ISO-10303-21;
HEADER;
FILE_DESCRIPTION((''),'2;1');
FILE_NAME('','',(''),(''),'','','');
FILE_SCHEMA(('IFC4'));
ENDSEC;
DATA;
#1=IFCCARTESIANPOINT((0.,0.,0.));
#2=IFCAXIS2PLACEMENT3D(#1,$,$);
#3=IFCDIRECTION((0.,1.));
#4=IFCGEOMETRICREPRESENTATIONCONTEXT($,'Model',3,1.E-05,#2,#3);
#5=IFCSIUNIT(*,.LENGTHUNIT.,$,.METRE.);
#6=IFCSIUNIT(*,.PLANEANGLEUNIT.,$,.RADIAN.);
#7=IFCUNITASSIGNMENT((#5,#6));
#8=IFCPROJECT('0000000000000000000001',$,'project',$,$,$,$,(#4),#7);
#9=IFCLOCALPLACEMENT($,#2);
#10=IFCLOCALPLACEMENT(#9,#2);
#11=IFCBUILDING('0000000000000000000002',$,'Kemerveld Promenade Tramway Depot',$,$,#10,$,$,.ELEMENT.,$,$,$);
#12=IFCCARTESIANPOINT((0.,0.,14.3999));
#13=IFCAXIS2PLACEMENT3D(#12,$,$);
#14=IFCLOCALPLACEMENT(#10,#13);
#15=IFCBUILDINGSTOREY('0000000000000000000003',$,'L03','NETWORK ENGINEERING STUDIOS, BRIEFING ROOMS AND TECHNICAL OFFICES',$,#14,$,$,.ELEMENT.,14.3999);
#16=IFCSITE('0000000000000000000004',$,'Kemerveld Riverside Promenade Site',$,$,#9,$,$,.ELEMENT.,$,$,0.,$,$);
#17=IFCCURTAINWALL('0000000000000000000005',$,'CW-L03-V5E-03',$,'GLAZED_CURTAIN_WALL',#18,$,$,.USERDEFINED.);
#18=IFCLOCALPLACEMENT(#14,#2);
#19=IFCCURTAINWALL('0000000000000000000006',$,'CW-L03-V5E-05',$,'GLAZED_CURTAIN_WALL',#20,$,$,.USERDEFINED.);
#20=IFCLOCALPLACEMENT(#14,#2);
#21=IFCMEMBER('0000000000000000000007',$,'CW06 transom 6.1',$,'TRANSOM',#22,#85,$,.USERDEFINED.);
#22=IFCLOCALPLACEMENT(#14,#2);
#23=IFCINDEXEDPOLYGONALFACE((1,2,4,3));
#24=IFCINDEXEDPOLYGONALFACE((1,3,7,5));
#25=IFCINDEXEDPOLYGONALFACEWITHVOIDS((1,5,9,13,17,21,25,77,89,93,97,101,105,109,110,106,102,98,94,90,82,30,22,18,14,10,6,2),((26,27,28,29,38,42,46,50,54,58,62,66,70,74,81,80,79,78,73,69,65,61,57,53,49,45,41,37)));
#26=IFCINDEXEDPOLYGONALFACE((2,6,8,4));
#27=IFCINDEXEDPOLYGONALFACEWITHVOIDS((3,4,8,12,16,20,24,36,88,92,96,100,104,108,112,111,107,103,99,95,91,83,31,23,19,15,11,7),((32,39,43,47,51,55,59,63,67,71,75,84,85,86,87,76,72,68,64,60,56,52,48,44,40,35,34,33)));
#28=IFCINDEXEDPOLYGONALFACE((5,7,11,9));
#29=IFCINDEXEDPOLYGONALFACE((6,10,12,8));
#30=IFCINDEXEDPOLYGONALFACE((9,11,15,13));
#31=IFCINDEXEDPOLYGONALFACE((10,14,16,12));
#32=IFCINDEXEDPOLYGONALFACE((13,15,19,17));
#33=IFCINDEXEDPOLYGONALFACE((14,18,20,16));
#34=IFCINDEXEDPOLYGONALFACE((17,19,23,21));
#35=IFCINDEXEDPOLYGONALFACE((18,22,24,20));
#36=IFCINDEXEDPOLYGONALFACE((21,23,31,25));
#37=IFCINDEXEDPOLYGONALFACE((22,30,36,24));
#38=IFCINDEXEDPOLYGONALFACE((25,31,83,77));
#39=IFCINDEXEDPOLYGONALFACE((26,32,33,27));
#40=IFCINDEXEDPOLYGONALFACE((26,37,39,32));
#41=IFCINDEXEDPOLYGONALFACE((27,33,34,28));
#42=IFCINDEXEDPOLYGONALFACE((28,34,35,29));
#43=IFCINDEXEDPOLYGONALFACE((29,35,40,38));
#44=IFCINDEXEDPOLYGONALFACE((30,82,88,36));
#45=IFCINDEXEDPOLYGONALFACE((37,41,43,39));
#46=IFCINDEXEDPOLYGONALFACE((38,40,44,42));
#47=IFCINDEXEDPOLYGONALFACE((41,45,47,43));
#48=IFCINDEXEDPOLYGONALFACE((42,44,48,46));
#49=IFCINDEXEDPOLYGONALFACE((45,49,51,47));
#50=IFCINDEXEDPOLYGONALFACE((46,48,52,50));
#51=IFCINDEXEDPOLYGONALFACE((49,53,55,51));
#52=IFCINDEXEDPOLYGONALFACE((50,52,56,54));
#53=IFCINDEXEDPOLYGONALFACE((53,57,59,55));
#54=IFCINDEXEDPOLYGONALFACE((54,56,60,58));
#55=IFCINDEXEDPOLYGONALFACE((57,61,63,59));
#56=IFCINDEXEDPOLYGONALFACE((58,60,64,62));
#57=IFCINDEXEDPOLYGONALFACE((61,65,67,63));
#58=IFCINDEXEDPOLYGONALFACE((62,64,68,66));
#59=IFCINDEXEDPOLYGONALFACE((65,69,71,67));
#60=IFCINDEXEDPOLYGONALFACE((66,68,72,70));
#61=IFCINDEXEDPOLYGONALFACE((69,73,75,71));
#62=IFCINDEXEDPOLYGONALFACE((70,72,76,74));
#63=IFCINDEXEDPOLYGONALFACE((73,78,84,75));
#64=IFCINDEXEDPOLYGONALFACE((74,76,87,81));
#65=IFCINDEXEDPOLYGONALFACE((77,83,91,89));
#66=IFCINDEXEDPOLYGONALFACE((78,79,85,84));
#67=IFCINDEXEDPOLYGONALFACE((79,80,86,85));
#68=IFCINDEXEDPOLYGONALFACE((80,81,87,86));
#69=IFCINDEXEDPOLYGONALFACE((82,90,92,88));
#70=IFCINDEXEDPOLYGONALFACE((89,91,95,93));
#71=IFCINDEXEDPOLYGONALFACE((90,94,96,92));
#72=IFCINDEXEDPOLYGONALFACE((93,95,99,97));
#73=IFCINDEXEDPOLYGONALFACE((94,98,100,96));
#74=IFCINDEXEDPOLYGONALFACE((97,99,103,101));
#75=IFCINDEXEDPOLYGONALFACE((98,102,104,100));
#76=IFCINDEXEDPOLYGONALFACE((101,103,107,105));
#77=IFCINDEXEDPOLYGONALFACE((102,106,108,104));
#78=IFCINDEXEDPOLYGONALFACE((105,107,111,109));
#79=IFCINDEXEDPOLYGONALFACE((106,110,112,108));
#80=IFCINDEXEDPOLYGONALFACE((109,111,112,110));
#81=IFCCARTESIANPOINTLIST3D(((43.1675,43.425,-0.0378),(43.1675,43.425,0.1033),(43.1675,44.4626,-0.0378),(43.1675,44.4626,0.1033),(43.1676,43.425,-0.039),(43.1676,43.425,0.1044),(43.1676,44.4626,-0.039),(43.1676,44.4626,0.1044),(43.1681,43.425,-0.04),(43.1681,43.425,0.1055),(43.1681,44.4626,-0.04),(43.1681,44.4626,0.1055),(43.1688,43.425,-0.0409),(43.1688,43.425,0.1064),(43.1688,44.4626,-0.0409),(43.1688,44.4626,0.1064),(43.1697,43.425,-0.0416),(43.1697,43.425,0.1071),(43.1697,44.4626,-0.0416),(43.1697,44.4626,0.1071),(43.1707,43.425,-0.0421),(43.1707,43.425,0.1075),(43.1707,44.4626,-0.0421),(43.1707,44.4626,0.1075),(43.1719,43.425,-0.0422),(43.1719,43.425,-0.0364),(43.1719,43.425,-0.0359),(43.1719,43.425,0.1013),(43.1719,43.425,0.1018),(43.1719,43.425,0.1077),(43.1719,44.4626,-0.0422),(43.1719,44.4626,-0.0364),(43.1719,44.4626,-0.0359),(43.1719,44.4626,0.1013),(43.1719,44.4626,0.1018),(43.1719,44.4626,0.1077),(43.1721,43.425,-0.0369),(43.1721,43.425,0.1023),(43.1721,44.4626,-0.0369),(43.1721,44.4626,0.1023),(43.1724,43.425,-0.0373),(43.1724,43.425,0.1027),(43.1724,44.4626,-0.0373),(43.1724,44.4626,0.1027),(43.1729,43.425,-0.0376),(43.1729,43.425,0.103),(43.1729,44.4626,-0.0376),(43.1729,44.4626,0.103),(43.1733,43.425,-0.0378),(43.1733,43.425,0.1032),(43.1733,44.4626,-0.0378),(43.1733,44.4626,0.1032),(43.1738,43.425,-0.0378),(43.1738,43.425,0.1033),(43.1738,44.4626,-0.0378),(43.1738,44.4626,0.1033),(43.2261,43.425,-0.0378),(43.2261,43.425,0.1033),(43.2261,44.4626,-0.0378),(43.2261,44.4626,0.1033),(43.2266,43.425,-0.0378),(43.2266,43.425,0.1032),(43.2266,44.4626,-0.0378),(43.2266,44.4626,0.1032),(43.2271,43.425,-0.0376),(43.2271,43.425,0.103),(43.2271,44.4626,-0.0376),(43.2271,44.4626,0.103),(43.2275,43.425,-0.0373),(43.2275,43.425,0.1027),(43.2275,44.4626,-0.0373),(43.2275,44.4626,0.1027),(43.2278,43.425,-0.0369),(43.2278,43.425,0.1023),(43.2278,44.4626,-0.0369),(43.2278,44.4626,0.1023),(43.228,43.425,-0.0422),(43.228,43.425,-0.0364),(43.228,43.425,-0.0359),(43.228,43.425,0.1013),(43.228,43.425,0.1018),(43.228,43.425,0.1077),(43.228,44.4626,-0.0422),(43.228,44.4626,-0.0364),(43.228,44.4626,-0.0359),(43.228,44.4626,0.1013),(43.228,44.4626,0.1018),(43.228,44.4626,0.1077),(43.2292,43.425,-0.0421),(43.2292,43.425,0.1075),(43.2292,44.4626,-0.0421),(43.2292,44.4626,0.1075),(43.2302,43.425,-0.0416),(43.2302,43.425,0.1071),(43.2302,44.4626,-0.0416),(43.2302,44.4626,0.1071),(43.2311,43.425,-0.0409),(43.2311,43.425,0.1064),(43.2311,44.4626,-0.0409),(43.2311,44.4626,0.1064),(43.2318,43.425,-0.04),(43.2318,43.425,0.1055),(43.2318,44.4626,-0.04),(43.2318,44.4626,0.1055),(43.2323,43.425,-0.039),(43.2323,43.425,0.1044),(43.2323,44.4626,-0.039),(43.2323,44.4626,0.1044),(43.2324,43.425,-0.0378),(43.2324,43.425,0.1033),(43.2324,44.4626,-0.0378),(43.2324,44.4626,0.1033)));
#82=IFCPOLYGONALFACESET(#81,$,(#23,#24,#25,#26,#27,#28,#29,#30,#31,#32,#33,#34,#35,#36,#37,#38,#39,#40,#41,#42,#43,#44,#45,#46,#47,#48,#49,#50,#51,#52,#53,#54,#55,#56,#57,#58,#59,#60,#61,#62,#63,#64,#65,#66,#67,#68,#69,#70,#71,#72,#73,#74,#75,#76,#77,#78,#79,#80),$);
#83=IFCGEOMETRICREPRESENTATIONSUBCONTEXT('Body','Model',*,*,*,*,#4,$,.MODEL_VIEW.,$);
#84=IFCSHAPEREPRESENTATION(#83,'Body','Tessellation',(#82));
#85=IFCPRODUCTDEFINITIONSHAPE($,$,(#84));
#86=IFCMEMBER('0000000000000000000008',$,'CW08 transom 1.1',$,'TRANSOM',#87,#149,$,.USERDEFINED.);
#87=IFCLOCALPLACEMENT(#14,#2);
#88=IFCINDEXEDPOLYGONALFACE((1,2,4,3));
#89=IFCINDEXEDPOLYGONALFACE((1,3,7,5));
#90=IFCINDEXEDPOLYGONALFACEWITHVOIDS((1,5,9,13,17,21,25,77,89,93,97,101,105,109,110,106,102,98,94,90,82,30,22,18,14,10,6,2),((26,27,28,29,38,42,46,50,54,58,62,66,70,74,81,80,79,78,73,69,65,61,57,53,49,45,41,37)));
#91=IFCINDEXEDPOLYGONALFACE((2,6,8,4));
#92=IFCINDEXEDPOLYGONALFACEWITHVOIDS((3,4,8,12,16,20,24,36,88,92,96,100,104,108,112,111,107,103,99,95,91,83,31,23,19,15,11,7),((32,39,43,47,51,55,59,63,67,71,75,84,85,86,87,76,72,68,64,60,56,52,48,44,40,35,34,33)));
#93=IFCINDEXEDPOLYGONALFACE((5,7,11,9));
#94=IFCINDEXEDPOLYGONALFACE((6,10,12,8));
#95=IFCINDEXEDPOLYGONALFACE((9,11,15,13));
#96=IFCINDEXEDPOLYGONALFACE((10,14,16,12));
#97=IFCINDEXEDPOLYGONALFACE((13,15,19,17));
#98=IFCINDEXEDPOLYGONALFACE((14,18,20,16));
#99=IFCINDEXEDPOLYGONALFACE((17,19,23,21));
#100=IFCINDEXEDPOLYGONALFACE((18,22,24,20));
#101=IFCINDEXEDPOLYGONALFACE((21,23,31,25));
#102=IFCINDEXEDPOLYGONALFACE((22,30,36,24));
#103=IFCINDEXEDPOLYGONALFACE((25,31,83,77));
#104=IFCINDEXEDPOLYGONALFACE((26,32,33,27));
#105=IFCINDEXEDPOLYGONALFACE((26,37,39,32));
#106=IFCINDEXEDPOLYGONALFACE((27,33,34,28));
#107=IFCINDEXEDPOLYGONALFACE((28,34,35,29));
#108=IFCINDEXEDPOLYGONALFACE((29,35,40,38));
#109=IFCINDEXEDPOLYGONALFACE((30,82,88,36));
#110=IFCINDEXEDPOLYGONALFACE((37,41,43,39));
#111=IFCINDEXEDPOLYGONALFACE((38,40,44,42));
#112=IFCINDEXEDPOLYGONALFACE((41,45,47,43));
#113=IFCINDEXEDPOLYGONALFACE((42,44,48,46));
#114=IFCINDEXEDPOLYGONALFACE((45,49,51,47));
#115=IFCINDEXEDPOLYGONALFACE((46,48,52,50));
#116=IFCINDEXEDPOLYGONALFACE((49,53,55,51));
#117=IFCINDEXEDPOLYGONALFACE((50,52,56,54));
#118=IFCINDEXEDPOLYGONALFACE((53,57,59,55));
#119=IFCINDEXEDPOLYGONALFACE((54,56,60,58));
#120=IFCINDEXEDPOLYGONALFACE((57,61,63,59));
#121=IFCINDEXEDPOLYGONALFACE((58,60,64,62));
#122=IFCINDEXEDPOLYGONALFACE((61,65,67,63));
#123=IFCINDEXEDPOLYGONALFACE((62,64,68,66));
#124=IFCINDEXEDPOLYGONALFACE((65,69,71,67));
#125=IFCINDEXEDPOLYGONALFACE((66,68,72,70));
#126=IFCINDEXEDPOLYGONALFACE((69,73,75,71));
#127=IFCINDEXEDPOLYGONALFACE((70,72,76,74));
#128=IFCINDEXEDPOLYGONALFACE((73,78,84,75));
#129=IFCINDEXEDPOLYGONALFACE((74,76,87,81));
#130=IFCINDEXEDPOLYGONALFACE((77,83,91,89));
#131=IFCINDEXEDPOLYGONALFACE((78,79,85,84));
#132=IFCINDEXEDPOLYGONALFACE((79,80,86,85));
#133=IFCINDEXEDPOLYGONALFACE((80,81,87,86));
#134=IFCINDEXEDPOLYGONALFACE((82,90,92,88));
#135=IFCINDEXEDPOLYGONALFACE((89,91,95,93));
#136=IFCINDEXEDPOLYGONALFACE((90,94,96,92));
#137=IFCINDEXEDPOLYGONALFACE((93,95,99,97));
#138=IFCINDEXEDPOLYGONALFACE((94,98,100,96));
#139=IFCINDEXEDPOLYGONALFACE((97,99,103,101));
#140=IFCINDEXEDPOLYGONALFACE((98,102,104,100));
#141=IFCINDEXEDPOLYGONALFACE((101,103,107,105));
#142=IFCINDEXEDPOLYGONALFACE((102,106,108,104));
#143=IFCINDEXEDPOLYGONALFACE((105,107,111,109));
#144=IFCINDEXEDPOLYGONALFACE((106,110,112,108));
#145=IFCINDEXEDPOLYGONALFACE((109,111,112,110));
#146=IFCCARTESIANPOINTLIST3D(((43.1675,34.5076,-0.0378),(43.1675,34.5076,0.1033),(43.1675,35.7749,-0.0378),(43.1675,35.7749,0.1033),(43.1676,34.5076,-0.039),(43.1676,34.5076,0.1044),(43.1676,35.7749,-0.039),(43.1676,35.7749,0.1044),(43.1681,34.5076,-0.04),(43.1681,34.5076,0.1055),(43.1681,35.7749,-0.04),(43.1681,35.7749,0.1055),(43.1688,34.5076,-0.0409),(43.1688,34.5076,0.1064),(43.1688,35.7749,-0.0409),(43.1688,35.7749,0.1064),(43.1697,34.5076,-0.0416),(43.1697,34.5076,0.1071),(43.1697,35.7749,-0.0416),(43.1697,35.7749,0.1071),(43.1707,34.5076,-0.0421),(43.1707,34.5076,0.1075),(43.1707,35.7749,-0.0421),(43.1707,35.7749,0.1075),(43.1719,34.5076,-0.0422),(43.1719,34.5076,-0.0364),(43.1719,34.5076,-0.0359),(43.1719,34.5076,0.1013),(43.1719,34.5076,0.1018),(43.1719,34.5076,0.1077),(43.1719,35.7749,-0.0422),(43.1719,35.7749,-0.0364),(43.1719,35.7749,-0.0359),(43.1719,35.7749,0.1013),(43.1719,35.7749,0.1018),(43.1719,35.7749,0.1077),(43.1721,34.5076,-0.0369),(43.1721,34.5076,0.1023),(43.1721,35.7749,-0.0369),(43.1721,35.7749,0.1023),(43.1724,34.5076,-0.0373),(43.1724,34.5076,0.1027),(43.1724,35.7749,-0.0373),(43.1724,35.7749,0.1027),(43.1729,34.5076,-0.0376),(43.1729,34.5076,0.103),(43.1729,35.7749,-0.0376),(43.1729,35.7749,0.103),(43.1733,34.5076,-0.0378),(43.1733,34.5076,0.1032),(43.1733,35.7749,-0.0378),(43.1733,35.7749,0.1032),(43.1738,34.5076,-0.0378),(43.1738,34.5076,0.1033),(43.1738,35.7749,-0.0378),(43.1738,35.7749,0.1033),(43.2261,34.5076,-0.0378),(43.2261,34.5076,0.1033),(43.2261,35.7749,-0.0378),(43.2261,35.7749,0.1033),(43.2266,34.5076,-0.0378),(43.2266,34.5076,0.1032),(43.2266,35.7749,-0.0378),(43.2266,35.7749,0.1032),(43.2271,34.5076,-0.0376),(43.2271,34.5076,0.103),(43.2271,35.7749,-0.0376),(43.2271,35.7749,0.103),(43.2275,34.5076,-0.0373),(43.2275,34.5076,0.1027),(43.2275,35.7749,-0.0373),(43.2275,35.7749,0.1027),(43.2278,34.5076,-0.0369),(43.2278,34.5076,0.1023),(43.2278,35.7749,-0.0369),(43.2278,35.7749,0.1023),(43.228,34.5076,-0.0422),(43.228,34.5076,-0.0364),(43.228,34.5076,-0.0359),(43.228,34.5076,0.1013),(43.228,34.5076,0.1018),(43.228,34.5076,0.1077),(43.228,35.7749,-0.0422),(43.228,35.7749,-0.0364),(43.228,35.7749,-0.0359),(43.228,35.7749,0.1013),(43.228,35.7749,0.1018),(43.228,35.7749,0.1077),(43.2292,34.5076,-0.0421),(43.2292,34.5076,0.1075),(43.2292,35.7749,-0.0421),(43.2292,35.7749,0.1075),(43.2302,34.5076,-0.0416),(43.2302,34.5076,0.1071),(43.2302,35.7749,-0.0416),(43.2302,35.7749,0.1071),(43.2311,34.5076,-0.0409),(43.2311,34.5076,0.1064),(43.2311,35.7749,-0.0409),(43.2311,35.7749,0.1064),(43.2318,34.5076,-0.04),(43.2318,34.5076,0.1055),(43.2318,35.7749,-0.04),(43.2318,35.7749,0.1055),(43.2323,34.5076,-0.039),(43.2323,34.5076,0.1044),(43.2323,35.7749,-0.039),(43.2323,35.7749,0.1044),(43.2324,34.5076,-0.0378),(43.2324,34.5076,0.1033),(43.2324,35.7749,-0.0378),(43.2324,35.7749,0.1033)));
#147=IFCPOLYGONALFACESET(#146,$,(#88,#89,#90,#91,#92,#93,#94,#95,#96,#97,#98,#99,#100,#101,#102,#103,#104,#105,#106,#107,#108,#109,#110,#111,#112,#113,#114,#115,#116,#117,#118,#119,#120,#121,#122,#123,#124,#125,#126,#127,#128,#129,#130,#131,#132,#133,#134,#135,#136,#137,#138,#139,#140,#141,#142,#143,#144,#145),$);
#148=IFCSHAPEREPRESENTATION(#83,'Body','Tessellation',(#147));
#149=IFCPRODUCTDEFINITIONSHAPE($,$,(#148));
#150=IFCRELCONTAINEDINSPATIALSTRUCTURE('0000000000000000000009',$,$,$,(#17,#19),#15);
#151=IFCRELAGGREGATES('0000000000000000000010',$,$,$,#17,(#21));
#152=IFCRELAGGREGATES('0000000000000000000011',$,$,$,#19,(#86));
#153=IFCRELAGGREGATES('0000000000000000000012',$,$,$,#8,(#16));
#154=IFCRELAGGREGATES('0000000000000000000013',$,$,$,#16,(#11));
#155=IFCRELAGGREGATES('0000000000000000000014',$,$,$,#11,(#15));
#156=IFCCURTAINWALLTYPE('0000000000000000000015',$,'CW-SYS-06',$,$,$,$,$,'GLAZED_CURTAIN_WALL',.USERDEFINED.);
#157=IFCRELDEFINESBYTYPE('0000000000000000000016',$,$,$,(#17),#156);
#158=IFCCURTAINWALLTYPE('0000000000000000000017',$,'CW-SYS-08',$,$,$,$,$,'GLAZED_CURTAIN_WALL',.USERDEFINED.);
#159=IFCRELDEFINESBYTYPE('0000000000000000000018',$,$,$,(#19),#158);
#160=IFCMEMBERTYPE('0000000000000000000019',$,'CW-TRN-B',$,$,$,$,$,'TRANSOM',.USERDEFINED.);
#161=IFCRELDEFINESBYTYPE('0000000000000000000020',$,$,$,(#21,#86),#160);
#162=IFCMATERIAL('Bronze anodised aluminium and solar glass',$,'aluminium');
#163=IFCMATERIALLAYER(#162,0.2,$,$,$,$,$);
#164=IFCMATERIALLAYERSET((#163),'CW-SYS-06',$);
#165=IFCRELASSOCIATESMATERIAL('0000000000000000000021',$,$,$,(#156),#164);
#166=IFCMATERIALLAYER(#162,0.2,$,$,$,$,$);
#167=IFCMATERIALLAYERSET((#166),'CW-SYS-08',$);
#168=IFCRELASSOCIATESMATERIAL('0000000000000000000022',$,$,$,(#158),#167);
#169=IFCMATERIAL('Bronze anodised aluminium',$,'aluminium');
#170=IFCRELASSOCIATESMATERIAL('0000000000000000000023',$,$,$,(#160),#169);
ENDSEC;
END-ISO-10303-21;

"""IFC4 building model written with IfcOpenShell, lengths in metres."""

from ifc_helpers import new_model, si_unit, direction, frame, origin, origin_2d, place, context, subcontext, project, spatial, hollow_rectangle, extrude, material, layer, layer_set, material_profile, profile_set, type_object, element, aggregate, save


model = new_model("IFC4")

# Units and contexts
model_context = context("Model", 3, precision=1e-05, world=origin(), true_north=direction((0.0, 1.0)))
body_context = subcontext(model_context, "Body", "Model", "MODEL_VIEW")
ifc_project = project(units=[si_unit("LENGTHUNIT", "METRE"), si_unit("PLANEANGLEUNIT", "RADIAN")], contexts=[model_context])

# Site, building, storey
site_placement = place(None, origin())
site = spatial("IfcSite", under=ifc_project, at=site_placement, Name="Kemerveld Riverside Promenade Site", CompositionType="ELEMENT", RefElevation=0.0)
building_placement = place(site_placement, origin())
building = spatial("IfcBuilding", under=site, at=building_placement, Name="Kemerveld Promenade Tramway Depot", CompositionType="ELEMENT")
storey_placement = place(building_placement, frame((0.0, 0.0, 14.3999)))
storey = spatial("IfcBuildingStorey", under=building, at=storey_placement, Name="L03", Description="NETWORK ENGINEERING STUDIOS, BRIEFING ROOMS AND TECHNICAL OFFICES", CompositionType="ELEMENT", Elevation=14.3999)

# Curtain wall
ifc_material_1 = material(Name="Bronze anodised aluminium and solar glass", Category="aluminium")
ifc_layer_1 = layer(ifc_material_1, 0.2)
ifc_layer_set_1 = layer_set([ifc_layer_1], Name="CW-SYS-06")
curtain_wall_type_1 = type_object("IfcCurtainWallType", Name="CW-SYS-06", ElementType="GLAZED_CURTAIN_WALL", PredefinedType="USERDEFINED", material=ifc_layer_set_1)
curtain_wall_1_placement = place(storey_placement, origin())
curtain_wall_1 = element("IfcCurtainWall", 1, at=curtain_wall_1_placement, inside=storey, type_object=curtain_wall_type_1, Name="CW-L03-V5E-03", ObjectType="GLAZED_CURTAIN_WALL", PredefinedType="USERDEFINED")
ifc_material_2 = material(Name="Bronze anodised aluminium", Category="aluminium")

# Curtain wall
ifc_layer_2 = layer(ifc_material_1, 0.2)
ifc_layer_set_2 = layer_set([ifc_layer_2], Name="CW-SYS-08")
curtain_wall_type_2 = type_object("IfcCurtainWallType", Name="CW-SYS-08", ElementType="GLAZED_CURTAIN_WALL", PredefinedType="USERDEFINED", material=ifc_layer_set_2)
curtain_wall_2_placement = place(storey_placement, origin())
curtain_wall_2 = element("IfcCurtainWall", 2, at=curtain_wall_2_placement, inside=storey, type_object=curtain_wall_type_2, Name="CW-L03-V5E-05", ObjectType="GLAZED_CURTAIN_WALL", PredefinedType="USERDEFINED")

# Members
ifc_material_profile_1 = material_profile(ifc_material_2, hollow_rectangle(XDim=0.0649, YDim=0.1499, WallThickness=0.0044, InnerFilletRadius=0.002, OuterFilletRadius=0.0044, at=origin_2d()), Name="CW-TRN-150x65")
ifc_profile_set_1 = profile_set([ifc_material_profile_1], Name="Bronze anodised aluminium")
member_type_1 = type_object("IfcMemberType", Name="CW-TRN-B", ElementType="TRANSOM", PredefinedType="USERDEFINED", material=ifc_profile_set_1)
member_1_placement = place(storey_placement, frame((43.2, 44.4626, 0.0327), z_axis=(0.0, -1.0, 0.0), x_axis=(1.0, 0.0, 0.0)))
member_1 = element("IfcMember", 3, at=member_1_placement, type_object=member_type_1, Name="CW06 transom 6.1", ObjectType="TRANSOM", PredefinedType="USERDEFINED", context=body_context, shape_type="SweptSolid", body=[
    extrude(hollow_rectangle(XDim=0.0649, YDim=0.1499, WallThickness=0.0044, InnerFilletRadius=0.002, OuterFilletRadius=0.0044, at=origin_2d()), origin(), (0.0, 0.0, 1.0), 1.0376),
])
member_2_placement = place(storey_placement, frame((43.2, 35.7749, 0.0327), z_axis=(0.0, -1.0, 0.0), x_axis=(1.0, 0.0, 0.0)))
member_2 = element("IfcMember", 4, at=member_2_placement, type_object=member_type_1, Name="CW08 transom 1.1", ObjectType="TRANSOM", PredefinedType="USERDEFINED", context=body_context, shape_type="SweptSolid", body=[
    extrude(hollow_rectangle(XDim=0.0649, YDim=0.1499, WallThickness=0.0044, InnerFilletRadius=0.002, OuterFilletRadius=0.0044, at=origin_2d()), origin(), (0.0, 0.0, 1.0), 1.2673),
])

aggregate(curtain_wall_1, [member_1])
aggregate(curtain_wall_2, [member_2])

save(model, "model.ifc")
